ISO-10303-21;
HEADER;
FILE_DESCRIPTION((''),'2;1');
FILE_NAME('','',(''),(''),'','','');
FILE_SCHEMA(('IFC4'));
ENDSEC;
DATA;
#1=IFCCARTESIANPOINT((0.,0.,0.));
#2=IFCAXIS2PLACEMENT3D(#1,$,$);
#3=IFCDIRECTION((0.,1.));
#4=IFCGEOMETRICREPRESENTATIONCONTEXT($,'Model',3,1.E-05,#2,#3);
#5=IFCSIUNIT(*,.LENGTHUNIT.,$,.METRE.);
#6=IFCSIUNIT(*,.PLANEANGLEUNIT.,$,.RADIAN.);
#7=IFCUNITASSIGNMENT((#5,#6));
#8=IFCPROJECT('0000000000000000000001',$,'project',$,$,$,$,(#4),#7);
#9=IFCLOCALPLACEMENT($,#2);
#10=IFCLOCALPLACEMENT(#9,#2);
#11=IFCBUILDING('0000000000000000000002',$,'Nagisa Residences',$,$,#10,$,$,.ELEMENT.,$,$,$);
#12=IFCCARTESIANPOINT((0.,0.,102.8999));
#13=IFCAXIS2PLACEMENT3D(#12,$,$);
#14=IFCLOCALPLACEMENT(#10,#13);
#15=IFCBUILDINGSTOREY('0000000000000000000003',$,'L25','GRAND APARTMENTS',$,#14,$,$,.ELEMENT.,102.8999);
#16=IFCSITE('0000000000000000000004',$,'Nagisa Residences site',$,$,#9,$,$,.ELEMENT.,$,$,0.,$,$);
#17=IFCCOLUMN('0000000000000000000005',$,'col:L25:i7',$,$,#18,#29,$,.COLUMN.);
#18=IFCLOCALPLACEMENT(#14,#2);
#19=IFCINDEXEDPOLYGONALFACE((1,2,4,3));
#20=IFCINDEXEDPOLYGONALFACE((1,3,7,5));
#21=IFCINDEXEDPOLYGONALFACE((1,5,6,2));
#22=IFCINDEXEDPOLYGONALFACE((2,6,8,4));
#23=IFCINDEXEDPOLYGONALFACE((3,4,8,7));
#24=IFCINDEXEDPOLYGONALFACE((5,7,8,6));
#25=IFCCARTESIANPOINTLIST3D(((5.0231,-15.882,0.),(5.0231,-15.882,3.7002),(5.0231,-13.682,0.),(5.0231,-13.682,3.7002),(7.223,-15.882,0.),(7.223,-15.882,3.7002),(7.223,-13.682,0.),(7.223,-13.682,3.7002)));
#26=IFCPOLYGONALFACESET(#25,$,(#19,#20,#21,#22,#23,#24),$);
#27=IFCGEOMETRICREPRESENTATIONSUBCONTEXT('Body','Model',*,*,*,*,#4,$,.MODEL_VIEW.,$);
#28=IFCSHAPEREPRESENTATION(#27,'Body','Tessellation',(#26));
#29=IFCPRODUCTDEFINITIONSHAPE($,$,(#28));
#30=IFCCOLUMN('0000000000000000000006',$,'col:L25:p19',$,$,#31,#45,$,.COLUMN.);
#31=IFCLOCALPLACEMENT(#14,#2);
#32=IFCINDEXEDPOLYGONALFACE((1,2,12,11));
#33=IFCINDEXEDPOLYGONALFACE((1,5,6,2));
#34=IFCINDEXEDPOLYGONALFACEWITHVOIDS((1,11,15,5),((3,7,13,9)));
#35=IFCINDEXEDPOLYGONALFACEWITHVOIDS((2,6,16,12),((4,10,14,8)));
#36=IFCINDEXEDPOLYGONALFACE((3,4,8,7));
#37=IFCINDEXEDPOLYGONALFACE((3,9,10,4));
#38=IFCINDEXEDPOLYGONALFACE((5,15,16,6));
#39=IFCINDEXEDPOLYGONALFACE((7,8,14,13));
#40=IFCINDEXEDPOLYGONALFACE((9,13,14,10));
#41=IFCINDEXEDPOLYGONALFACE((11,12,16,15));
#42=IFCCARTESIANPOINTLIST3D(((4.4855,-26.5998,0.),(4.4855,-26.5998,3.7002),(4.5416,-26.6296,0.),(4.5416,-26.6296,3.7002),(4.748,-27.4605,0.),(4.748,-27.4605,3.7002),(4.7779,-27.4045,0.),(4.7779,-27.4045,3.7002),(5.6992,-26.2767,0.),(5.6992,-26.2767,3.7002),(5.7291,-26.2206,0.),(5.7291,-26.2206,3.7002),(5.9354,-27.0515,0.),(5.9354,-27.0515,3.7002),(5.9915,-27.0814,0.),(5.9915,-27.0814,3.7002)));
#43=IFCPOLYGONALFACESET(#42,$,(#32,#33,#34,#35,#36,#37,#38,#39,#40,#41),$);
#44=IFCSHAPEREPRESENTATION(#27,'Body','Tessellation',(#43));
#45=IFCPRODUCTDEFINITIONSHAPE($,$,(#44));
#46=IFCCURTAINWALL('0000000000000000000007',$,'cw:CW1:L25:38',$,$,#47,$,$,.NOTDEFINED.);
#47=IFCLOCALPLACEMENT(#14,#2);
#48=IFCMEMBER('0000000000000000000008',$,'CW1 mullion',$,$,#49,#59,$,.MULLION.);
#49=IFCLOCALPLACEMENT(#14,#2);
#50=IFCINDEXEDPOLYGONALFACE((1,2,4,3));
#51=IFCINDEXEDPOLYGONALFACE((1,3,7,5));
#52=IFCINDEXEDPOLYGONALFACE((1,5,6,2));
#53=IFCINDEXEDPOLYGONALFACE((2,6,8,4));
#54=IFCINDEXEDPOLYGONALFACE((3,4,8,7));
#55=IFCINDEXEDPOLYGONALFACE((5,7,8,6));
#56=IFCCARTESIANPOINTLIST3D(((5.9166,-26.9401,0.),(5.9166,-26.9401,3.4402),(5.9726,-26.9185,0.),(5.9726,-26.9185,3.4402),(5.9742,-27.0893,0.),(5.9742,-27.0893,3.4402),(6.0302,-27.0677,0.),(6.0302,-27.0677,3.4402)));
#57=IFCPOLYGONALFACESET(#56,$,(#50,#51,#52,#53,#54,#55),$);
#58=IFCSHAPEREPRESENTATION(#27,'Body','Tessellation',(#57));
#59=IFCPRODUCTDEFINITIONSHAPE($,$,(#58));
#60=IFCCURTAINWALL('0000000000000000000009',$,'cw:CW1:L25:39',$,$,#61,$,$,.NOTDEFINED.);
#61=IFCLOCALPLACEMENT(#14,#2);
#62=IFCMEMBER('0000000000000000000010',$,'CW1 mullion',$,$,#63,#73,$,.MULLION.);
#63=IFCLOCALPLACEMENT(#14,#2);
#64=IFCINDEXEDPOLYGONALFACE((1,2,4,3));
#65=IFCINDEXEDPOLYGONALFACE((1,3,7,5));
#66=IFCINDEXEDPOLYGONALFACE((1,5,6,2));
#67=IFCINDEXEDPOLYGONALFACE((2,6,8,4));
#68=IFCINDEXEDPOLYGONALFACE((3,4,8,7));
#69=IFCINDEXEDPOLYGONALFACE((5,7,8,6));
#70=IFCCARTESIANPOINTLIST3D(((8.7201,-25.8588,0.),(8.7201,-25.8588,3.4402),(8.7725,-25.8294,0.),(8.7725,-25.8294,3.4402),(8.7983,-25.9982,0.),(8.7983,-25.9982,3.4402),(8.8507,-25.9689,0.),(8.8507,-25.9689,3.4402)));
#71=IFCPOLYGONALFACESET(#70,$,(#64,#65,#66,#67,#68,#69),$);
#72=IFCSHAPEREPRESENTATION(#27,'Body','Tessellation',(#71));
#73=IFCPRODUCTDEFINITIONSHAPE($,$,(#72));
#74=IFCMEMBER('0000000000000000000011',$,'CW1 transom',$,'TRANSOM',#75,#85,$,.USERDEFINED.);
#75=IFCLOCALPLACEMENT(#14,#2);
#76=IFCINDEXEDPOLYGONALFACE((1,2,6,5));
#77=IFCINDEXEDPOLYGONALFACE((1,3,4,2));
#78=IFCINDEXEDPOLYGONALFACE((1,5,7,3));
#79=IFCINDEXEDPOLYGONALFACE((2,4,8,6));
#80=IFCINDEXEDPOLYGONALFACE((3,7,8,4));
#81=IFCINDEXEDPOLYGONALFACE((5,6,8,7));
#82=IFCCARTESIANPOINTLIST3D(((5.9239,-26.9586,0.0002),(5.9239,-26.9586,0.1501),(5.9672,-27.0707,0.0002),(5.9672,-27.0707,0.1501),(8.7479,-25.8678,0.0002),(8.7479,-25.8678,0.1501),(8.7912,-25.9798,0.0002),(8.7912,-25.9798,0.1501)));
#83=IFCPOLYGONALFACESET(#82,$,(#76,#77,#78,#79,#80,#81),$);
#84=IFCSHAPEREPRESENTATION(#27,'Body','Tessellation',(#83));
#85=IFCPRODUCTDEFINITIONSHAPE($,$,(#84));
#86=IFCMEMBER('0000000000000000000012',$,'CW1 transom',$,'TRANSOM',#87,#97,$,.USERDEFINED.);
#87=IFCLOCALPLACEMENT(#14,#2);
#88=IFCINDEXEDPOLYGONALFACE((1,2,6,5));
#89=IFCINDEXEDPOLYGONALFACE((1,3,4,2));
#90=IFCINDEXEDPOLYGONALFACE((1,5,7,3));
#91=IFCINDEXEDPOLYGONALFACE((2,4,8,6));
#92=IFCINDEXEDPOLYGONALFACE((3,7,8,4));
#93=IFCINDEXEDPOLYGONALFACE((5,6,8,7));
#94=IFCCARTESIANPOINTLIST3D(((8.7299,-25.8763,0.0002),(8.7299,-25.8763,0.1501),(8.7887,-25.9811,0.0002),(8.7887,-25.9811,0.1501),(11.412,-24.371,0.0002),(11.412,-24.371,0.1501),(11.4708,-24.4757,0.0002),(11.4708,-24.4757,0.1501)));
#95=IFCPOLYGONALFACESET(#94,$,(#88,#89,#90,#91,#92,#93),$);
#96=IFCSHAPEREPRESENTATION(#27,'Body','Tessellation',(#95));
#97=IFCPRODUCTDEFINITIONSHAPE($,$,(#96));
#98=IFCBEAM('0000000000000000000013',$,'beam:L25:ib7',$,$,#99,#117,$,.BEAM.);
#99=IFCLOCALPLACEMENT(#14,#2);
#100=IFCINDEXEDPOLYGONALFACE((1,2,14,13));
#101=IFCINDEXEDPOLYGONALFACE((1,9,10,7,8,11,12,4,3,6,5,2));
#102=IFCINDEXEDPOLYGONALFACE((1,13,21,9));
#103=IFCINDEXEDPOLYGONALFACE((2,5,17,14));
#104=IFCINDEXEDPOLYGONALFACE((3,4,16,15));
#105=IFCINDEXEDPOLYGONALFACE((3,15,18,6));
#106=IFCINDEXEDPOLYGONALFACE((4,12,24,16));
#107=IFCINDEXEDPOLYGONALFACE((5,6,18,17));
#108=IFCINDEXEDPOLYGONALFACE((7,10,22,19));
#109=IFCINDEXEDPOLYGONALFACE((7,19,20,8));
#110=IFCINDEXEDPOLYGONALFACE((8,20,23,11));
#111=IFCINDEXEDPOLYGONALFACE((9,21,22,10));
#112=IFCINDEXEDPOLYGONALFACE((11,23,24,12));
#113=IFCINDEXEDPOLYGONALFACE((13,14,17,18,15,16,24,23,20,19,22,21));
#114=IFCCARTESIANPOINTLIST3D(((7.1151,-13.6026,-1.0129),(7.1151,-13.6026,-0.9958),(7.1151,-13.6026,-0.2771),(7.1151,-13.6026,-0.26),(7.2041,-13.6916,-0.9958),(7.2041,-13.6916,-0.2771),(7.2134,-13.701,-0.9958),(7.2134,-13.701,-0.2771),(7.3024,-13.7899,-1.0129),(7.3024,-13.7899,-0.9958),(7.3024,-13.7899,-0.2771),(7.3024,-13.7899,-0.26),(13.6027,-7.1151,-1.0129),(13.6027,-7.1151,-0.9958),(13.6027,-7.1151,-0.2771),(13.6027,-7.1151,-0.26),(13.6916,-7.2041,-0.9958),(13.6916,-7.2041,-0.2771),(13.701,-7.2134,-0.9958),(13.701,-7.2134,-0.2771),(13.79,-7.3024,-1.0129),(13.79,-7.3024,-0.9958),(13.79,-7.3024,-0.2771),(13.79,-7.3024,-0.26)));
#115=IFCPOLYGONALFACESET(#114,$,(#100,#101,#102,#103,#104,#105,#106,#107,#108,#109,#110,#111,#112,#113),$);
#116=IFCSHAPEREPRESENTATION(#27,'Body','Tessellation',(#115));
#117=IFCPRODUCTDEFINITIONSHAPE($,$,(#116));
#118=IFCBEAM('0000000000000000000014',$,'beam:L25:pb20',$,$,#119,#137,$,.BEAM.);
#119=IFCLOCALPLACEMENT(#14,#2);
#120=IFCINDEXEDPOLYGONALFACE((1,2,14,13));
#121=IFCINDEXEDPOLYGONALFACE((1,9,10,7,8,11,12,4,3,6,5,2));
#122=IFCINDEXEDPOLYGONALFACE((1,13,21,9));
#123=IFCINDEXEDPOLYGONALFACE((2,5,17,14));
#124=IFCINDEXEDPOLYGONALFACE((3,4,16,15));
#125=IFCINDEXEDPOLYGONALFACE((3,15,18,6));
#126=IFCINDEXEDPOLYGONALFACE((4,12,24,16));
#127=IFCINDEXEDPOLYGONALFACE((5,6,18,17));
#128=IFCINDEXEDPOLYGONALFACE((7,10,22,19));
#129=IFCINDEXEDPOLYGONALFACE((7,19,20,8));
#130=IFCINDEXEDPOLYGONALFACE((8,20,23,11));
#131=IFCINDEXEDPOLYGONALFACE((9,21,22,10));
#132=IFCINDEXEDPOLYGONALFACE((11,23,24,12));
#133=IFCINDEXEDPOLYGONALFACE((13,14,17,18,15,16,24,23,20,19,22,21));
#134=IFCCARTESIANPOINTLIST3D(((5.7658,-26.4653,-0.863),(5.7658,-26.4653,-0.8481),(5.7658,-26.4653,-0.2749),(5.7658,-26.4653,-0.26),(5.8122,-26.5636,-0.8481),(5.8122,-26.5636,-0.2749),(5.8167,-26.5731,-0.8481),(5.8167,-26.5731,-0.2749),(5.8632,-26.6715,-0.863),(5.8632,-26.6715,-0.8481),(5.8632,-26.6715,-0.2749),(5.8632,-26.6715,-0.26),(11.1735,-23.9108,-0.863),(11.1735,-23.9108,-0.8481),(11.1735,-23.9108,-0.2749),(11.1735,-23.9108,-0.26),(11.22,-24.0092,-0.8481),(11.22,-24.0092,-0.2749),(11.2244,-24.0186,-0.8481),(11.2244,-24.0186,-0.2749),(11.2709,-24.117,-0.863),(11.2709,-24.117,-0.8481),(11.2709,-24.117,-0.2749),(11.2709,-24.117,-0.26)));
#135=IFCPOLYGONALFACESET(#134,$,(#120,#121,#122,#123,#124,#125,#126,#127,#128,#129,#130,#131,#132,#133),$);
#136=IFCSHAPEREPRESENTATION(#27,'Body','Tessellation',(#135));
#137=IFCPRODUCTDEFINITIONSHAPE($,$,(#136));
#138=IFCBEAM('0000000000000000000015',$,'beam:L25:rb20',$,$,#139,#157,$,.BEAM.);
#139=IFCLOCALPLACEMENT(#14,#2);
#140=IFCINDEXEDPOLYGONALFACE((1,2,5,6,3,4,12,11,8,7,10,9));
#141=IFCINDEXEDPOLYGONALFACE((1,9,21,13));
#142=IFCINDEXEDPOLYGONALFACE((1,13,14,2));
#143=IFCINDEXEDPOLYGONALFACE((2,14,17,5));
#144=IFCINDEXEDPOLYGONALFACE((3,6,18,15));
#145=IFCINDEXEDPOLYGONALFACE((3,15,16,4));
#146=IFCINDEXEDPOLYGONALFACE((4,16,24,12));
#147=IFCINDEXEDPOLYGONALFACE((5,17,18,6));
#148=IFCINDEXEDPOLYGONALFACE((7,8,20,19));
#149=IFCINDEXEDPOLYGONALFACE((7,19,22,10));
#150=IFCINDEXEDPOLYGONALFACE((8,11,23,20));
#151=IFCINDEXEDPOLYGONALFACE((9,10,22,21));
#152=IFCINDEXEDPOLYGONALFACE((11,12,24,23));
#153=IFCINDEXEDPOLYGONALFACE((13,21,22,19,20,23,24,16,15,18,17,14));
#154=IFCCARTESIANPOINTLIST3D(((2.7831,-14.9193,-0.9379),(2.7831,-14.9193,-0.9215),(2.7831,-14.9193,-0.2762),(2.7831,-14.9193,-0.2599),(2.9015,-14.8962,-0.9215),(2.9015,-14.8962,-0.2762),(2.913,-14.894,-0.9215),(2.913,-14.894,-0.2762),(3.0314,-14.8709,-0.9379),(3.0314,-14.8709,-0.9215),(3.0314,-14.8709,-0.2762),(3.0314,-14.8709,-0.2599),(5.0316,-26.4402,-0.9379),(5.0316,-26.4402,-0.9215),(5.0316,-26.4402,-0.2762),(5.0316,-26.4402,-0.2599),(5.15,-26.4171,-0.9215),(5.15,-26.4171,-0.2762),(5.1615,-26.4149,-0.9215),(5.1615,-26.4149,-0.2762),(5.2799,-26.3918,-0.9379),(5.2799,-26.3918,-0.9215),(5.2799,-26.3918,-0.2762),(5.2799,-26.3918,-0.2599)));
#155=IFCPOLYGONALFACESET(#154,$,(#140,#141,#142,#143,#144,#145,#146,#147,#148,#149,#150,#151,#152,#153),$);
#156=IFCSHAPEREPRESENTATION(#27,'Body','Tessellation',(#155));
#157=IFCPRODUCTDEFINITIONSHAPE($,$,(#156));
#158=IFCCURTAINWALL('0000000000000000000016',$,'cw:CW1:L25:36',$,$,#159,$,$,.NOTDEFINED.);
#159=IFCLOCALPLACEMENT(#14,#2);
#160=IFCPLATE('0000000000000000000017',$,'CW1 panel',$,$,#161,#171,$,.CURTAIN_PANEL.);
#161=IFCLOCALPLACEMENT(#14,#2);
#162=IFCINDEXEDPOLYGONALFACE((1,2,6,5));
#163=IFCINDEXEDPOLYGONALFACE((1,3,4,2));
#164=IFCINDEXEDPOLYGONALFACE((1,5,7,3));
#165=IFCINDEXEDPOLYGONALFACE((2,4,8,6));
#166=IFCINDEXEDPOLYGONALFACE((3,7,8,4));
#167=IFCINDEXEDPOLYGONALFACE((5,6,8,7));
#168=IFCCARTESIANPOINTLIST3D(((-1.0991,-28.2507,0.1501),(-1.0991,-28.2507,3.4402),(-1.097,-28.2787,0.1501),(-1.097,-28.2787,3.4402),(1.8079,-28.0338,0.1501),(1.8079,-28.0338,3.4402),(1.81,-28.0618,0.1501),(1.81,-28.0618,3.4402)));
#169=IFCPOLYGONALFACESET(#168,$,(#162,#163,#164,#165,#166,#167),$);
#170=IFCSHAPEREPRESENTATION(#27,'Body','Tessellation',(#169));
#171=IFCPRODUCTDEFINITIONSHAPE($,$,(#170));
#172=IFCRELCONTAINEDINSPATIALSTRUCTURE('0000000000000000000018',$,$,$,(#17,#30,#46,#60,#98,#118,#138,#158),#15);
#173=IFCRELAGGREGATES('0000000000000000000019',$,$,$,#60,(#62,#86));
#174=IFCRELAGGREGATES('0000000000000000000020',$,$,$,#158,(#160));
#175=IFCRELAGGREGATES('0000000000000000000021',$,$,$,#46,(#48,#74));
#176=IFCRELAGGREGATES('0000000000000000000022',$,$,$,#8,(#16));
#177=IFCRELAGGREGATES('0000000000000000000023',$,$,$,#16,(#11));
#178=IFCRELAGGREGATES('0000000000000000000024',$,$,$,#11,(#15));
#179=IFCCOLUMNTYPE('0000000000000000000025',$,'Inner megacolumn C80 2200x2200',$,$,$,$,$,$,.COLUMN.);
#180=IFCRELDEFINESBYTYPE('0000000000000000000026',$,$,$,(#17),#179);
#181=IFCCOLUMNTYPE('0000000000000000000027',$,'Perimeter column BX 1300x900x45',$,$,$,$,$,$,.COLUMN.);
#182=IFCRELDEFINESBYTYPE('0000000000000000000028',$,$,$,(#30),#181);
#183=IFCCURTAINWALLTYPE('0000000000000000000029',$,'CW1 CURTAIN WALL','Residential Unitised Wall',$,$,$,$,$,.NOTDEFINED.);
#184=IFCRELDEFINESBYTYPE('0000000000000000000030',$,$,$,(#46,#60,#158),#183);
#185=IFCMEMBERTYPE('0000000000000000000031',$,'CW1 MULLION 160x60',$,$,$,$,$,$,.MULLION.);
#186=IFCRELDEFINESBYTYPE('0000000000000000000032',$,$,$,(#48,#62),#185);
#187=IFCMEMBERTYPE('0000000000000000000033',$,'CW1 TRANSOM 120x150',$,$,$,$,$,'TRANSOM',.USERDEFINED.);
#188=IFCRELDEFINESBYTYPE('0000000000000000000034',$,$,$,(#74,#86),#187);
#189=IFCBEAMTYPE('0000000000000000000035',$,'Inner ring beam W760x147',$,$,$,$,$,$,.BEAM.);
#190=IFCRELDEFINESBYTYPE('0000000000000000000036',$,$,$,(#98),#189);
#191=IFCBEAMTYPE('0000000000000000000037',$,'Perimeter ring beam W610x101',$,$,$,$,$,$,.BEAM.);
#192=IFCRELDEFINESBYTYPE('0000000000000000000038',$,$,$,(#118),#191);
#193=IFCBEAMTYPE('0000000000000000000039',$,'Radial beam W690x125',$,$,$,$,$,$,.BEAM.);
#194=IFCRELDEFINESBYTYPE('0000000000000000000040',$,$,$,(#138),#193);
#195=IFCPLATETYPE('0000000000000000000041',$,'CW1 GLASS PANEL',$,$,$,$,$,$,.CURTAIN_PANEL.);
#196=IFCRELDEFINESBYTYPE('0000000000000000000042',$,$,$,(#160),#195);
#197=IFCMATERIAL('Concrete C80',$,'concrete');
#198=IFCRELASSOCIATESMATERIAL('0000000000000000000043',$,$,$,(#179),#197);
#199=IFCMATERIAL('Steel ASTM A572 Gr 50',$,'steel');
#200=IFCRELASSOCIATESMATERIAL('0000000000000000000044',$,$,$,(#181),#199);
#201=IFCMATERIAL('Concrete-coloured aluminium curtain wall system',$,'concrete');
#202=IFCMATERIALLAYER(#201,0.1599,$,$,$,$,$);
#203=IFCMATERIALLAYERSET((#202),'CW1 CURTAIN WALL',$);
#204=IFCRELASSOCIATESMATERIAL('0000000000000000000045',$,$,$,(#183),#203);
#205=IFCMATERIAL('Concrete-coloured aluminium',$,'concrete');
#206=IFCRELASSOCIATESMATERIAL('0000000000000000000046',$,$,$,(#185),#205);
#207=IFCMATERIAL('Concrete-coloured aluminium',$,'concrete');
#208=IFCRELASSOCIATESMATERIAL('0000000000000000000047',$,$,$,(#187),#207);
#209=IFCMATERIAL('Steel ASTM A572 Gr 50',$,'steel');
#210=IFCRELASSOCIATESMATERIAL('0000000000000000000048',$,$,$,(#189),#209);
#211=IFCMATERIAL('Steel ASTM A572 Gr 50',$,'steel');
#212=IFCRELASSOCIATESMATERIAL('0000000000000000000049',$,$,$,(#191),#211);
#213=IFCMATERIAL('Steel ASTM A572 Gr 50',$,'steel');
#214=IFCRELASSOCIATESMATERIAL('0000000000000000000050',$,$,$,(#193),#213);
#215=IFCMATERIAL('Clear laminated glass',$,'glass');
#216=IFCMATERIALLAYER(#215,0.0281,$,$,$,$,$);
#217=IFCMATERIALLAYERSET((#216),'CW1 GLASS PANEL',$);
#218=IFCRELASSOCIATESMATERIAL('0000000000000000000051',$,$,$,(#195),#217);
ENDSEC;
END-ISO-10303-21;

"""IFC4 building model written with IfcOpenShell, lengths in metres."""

from ifc_helpers import new_model, si_unit, direction, frame, origin, origin_2d, place, context, subcontext, project, spatial, rectangle, hollow_rectangle, i_section, extrude, material, layer, layer_set, material_profile, profile_set, type_object, element, aggregate, save


model = new_model("IFC4")

# Units and contexts
model_context = context("Model", 3, precision=1e-05, world=origin(), true_north=direction((0.0, 1.0)))
body_context = subcontext(model_context, "Body", "Model", "MODEL_VIEW")
ifc_project = project(units=[si_unit("LENGTHUNIT", "METRE"), si_unit("PLANEANGLEUNIT", "RADIAN")], contexts=[model_context])

# Site, building, storey
site_placement = place(None, origin())
site = spatial("IfcSite", under=ifc_project, at=site_placement, Name="Nagisa Residences site", CompositionType="ELEMENT", RefElevation=0.0)
building_placement = place(site_placement, origin())
building = spatial("IfcBuilding", under=site, at=building_placement, Name="Nagisa Residences", CompositionType="ELEMENT")
storey_placement = place(building_placement, frame((0.0, 0.0, 102.8999)))
storey = spatial("IfcBuildingStorey", under=building, at=storey_placement, Name="L25", Description="GRAND APARTMENTS", CompositionType="ELEMENT", Elevation=102.8999)

# Columns
ifc_material_1 = material(Name="Concrete C80", Category="concrete")
ifc_material_profile_1 = material_profile(ifc_material_1, rectangle(XDim=2.2, YDim=2.2, at=origin_2d()), Name="C80 2200x2200")
ifc_profile_set_1 = profile_set([ifc_material_profile_1], Name="Concrete C80")
column_type_1 = type_object("IfcColumnType", Name="Inner megacolumn C80 2200x2200", PredefinedType="COLUMN", material=ifc_profile_set_1)
column_1_placement = place(storey_placement, frame((6.123, -14.782, 0.0), z_axis=(0.0, 0.0, 1.0), x_axis=(1.0, 0.0, 0.0)))
element("IfcColumn", 1, at=column_1_placement, inside=storey, type_object=column_type_1, Name="col:L25:i7", PredefinedType="COLUMN", context=body_context, shape_type="SweptSolid", body=[
    extrude(rectangle(XDim=2.2, YDim=2.2, at=origin_2d()), origin(), (0.0, 0.0, 1.0), 3.7002),
])
ifc_material_2 = material(Name="Steel ASTM A572 Gr 50", Category="steel")
ifc_material_profile_2 = material_profile(ifc_material_2, hollow_rectangle(XDim=1.3, YDim=0.8999, WallThickness=0.0449, at=origin_2d()), Name="BX 1300x900x45")
ifc_profile_set_2 = profile_set([ifc_material_profile_2], Name="Steel ASTM A572 Gr 50")
column_type_2 = type_object("IfcColumnType", Name="Perimeter column BX 1300x900x45", PredefinedType="COLUMN", material=ifc_profile_set_2)
column_2_placement = place(storey_placement, frame((5.2385, -26.8406, 0.0), z_axis=(0.0, 0.0, 1.0), x_axis=(0.956525, 0.291652, 0.0)))
element("IfcColumn", 2, at=column_2_placement, inside=storey, type_object=column_type_2, Name="col:L25:p19", PredefinedType="COLUMN", context=body_context, shape_type="SweptSolid", body=[
    extrude(hollow_rectangle(XDim=1.3, YDim=0.8999, WallThickness=0.0449, at=origin_2d()), origin(), (0.0, 0.0, 1.0), 3.7002),
])

# Curtain walls, members
ifc_material_3 = material(Name="Concrete-coloured aluminium curtain wall system", Category="concrete")
ifc_layer_1 = layer(ifc_material_3, 0.1599)
ifc_layer_set_1 = layer_set([ifc_layer_1], Name="CW1 CURTAIN WALL")
curtain_wall_type = type_object("IfcCurtainWallType", Name="CW1 CURTAIN WALL", Description="Residential Unitised Wall", PredefinedType="NOTDEFINED", material=ifc_layer_set_1)
curtain_wall_1_placement = place(storey_placement, origin())
curtain_wall_1 = element("IfcCurtainWall", 3, at=curtain_wall_1_placement, inside=storey, type_object=curtain_wall_type, Name="cw:CW1:L25:38", PredefinedType="NOTDEFINED")
ifc_material_4 = material(Name="Concrete-coloured aluminium", Category="concrete")
ifc_material_profile_3 = material_profile(ifc_material_4, rectangle(XDim=0.1599, YDim=0.0601, at=origin_2d()), Name="CW1 MULLION 160x60")
ifc_profile_set_3 = profile_set([ifc_material_profile_3], Name="Concrete-coloured aluminium")
member_type_1 = type_object("IfcMemberType", Name="CW1 MULLION 160x60", PredefinedType="MULLION", material=ifc_profile_set_3)
member_1_placement = place(storey_placement, frame((5.9734, -27.0039, 0.0), z_axis=(0.0, 0.0, 1.0), x_axis=(-0.360328, 0.932826, 0.0)))
member_1 = element("IfcMember", 4, at=member_1_placement, type_object=member_type_1, Name="CW1 mullion", PredefinedType="MULLION", context=body_context, shape_type="SweptSolid", body=[
    extrude(rectangle(XDim=0.1599, YDim=0.0601, at=origin_2d()), origin(), (0.0, 0.0, 1.0), 3.4402),
])
curtain_wall_2_placement = place(storey_placement, origin())
curtain_wall_2 = element("IfcCurtainWall", 5, at=curtain_wall_2_placement, inside=storey, type_object=curtain_wall_type, Name="cw:CW1:L25:39", PredefinedType="NOTDEFINED")
member_2_placement = place(storey_placement, frame((8.7854, -25.9138, 0.0), z_axis=(0.0, 0.0, 1.0), x_axis=(-0.489377, 0.872072, 0.0)))
member_2 = element("IfcMember", 6, at=member_2_placement, type_object=member_type_1, Name="CW1 mullion", PredefinedType="MULLION", context=body_context, shape_type="SweptSolid", body=[
    extrude(rectangle(XDim=0.1599, YDim=0.0601, at=origin_2d()), origin(), (0.0, 0.0, 1.0), 3.4402),
])

# Members
ifc_material_5 = material(Name="Concrete-coloured aluminium", Category="concrete")
ifc_material_profile_4 = material_profile(ifc_material_5, rectangle(XDim=0.1201, YDim=0.1499, at=origin_2d()), Name="CW1 TRANSOM 120x150")
ifc_profile_set_4 = profile_set([ifc_material_profile_4], Name="Concrete-coloured aluminium")
member_type_2 = type_object("IfcMemberType", Name="CW1 TRANSOM 120x150", ElementType="TRANSOM", PredefinedType="USERDEFINED", material=ifc_profile_set_4)
member_3_placement = place(storey_placement, frame((5.9456, -27.0146, 0.0752), z_axis=(0.932827, 0.360324, 0.0), x_axis=(-0.360324, 0.932827, 0.0)))
member_3 = element("IfcMember", 7, at=member_3_placement, type_object=member_type_2, Name="CW1 transom", ObjectType="TRANSOM", PredefinedType="USERDEFINED", context=body_context, shape_type="SweptSolid", body=[
    extrude(rectangle(XDim=0.1201, YDim=0.1499, at=origin_2d()), origin(), (0.0, 0.0, 1.0), 3.0273),
])
member_4_placement = place(storey_placement, frame((8.7593, -25.9287, 0.0752), z_axis=(0.872037, 0.489439, 0.0), x_axis=(-0.489439, 0.872037, 0.0)))
member_4 = element("IfcMember", 8, at=member_4_placement, type_object=member_type_2, Name="CW1 transom", ObjectType="TRANSOM", PredefinedType="USERDEFINED", context=body_context, shape_type="SweptSolid", body=[
    extrude(rectangle(XDim=0.1201, YDim=0.1499, at=origin_2d()), origin(), (0.0, 0.0, 1.0), 3.0757),
])
aggregate(curtain_wall_2, [member_2, member_4])

# Beams
ifc_material_6 = material(Name="Steel ASTM A572 Gr 50", Category="steel")
ifc_material_profile_5 = material_profile(ifc_material_6, i_section(OverallWidth=0.2649, OverallDepth=0.7529, WebThickness=0.0132, FlangeThickness=0.0171, at=origin_2d()), Name="W760x147")
ifc_profile_set_5 = profile_set([ifc_material_profile_5], Name="Steel ASTM A572 Gr 50")
beam_type_1 = type_object("IfcBeamType", Name="Inner ring beam W760x147", PredefinedType="BEAM", material=ifc_profile_set_5)
beam_1_placement = place(storey_placement, frame((7.2087, -13.6963, -0.6365), z_axis=(0.707107, 0.707107, 0.0), x_axis=(-0.707107, 0.707107, 0.0)))
element("IfcBeam", 9, at=beam_1_placement, inside=storey, type_object=beam_type_1, Name="beam:L25:ib7", PredefinedType="BEAM", context=body_context, shape_type="SweptSolid", body=[
    extrude(i_section(OverallWidth=0.2649, OverallDepth=0.7529, WebThickness=0.0132, FlangeThickness=0.0171, at=origin_2d()), origin(), (0.0, 0.0, 1.0), 9.1748),
])
ifc_material_7 = material(Name="Steel ASTM A572 Gr 50", Category="steel")
ifc_material_profile_6 = material_profile(ifc_material_7, i_section(OverallWidth=0.228, OverallDepth=0.603, WebThickness=0.0105, FlangeThickness=0.0149, at=origin_2d()), Name="W610x101")
ifc_profile_set_6 = profile_set([ifc_material_profile_6], Name="Steel ASTM A572 Gr 50")
beam_type_2 = type_object("IfcBeamType", Name="Perimeter ring beam W610x101", PredefinedType="BEAM", material=ifc_profile_set_6)
beam_2_placement = place(storey_placement, frame((5.8145, -26.5684, -0.5615), z_axis=(0.904197, 0.427116, 0.0), x_axis=(-0.427116, 0.904197, 0.0)))
element("IfcBeam", 10, at=beam_2_placement, inside=storey, type_object=beam_type_2, Name="beam:L25:pb20", PredefinedType="BEAM", context=body_context, shape_type="SweptSolid", body=[
    extrude(i_section(OverallWidth=0.228, OverallDepth=0.603, WebThickness=0.0105, FlangeThickness=0.0149, at=origin_2d()), origin(), (0.0, 0.0, 1.0), 5.9807),
])
ifc_material_8 = material(Name="Steel ASTM A572 Gr 50", Category="steel")
ifc_material_profile_7 = material_profile(ifc_material_8, i_section(OverallWidth=0.2529, OverallDepth=0.678, WebThickness=0.0117, FlangeThickness=0.0164, at=origin_2d()), Name="W690x125")
ifc_profile_set_7 = profile_set([ifc_material_profile_7], Name="Steel ASTM A572 Gr 50")
beam_type_3 = type_object("IfcBeamType", Name="Radial beam W690x125", PredefinedType="BEAM", material=ifc_profile_set_7)
beam_3_placement = place(storey_placement, frame((5.1558, -26.416, -0.5989), z_axis=(-0.191554, 0.981482, 0.0), x_axis=(-0.981482, -0.191554, 0.0)))
element("IfcBeam", 11, at=beam_3_placement, inside=storey, type_object=beam_type_3, Name="beam:L25:rb20", PredefinedType="BEAM", context=body_context, shape_type="SweptSolid", body=[
    extrude(i_section(OverallWidth=0.2529, OverallDepth=0.678, WebThickness=0.0117, FlangeThickness=0.0164, at=origin_2d()), origin(), (0.0, 0.0, 1.0), 11.7383),
])

# Curtain wall, plate
curtain_wall_3_placement = place(storey_placement, origin())
curtain_wall_3 = element("IfcCurtainWall", 12, at=curtain_wall_3_placement, inside=storey, type_object=curtain_wall_type, Name="cw:CW1:L25:36", PredefinedType="NOTDEFINED")
ifc_material_9 = material(Name="Clear laminated glass", Category="glass")
ifc_layer_2 = layer(ifc_material_9, 0.0281)
ifc_layer_set_2 = layer_set([ifc_layer_2], Name="CW1 GLASS PANEL")
plate_type = type_object("IfcPlateType", Name="CW1 GLASS PANEL", PredefinedType="CURTAIN_PANEL", material=ifc_layer_set_2)
plate_1_placement = place(storey_placement, frame((0.3555, -28.1562, 0.1501), z_axis=(0.0, 0.0, 1.0), x_axis=(0.99723, 0.074377, 0.0)))
plate_1 = element("IfcPlate", 13, at=plate_1_placement, type_object=plate_type, Name="CW1 panel", PredefinedType="CURTAIN_PANEL", context=body_context, shape_type="SweptSolid", body=[
    extrude(rectangle(XDim=2.915, YDim=0.0281, at=origin_2d()), origin(), (0.0, 0.0, 1.0), 3.29),
])
aggregate(curtain_wall_3, [plate_1])

aggregate(curtain_wall_1, [member_1, member_3])

save(model, "model.ifc")
